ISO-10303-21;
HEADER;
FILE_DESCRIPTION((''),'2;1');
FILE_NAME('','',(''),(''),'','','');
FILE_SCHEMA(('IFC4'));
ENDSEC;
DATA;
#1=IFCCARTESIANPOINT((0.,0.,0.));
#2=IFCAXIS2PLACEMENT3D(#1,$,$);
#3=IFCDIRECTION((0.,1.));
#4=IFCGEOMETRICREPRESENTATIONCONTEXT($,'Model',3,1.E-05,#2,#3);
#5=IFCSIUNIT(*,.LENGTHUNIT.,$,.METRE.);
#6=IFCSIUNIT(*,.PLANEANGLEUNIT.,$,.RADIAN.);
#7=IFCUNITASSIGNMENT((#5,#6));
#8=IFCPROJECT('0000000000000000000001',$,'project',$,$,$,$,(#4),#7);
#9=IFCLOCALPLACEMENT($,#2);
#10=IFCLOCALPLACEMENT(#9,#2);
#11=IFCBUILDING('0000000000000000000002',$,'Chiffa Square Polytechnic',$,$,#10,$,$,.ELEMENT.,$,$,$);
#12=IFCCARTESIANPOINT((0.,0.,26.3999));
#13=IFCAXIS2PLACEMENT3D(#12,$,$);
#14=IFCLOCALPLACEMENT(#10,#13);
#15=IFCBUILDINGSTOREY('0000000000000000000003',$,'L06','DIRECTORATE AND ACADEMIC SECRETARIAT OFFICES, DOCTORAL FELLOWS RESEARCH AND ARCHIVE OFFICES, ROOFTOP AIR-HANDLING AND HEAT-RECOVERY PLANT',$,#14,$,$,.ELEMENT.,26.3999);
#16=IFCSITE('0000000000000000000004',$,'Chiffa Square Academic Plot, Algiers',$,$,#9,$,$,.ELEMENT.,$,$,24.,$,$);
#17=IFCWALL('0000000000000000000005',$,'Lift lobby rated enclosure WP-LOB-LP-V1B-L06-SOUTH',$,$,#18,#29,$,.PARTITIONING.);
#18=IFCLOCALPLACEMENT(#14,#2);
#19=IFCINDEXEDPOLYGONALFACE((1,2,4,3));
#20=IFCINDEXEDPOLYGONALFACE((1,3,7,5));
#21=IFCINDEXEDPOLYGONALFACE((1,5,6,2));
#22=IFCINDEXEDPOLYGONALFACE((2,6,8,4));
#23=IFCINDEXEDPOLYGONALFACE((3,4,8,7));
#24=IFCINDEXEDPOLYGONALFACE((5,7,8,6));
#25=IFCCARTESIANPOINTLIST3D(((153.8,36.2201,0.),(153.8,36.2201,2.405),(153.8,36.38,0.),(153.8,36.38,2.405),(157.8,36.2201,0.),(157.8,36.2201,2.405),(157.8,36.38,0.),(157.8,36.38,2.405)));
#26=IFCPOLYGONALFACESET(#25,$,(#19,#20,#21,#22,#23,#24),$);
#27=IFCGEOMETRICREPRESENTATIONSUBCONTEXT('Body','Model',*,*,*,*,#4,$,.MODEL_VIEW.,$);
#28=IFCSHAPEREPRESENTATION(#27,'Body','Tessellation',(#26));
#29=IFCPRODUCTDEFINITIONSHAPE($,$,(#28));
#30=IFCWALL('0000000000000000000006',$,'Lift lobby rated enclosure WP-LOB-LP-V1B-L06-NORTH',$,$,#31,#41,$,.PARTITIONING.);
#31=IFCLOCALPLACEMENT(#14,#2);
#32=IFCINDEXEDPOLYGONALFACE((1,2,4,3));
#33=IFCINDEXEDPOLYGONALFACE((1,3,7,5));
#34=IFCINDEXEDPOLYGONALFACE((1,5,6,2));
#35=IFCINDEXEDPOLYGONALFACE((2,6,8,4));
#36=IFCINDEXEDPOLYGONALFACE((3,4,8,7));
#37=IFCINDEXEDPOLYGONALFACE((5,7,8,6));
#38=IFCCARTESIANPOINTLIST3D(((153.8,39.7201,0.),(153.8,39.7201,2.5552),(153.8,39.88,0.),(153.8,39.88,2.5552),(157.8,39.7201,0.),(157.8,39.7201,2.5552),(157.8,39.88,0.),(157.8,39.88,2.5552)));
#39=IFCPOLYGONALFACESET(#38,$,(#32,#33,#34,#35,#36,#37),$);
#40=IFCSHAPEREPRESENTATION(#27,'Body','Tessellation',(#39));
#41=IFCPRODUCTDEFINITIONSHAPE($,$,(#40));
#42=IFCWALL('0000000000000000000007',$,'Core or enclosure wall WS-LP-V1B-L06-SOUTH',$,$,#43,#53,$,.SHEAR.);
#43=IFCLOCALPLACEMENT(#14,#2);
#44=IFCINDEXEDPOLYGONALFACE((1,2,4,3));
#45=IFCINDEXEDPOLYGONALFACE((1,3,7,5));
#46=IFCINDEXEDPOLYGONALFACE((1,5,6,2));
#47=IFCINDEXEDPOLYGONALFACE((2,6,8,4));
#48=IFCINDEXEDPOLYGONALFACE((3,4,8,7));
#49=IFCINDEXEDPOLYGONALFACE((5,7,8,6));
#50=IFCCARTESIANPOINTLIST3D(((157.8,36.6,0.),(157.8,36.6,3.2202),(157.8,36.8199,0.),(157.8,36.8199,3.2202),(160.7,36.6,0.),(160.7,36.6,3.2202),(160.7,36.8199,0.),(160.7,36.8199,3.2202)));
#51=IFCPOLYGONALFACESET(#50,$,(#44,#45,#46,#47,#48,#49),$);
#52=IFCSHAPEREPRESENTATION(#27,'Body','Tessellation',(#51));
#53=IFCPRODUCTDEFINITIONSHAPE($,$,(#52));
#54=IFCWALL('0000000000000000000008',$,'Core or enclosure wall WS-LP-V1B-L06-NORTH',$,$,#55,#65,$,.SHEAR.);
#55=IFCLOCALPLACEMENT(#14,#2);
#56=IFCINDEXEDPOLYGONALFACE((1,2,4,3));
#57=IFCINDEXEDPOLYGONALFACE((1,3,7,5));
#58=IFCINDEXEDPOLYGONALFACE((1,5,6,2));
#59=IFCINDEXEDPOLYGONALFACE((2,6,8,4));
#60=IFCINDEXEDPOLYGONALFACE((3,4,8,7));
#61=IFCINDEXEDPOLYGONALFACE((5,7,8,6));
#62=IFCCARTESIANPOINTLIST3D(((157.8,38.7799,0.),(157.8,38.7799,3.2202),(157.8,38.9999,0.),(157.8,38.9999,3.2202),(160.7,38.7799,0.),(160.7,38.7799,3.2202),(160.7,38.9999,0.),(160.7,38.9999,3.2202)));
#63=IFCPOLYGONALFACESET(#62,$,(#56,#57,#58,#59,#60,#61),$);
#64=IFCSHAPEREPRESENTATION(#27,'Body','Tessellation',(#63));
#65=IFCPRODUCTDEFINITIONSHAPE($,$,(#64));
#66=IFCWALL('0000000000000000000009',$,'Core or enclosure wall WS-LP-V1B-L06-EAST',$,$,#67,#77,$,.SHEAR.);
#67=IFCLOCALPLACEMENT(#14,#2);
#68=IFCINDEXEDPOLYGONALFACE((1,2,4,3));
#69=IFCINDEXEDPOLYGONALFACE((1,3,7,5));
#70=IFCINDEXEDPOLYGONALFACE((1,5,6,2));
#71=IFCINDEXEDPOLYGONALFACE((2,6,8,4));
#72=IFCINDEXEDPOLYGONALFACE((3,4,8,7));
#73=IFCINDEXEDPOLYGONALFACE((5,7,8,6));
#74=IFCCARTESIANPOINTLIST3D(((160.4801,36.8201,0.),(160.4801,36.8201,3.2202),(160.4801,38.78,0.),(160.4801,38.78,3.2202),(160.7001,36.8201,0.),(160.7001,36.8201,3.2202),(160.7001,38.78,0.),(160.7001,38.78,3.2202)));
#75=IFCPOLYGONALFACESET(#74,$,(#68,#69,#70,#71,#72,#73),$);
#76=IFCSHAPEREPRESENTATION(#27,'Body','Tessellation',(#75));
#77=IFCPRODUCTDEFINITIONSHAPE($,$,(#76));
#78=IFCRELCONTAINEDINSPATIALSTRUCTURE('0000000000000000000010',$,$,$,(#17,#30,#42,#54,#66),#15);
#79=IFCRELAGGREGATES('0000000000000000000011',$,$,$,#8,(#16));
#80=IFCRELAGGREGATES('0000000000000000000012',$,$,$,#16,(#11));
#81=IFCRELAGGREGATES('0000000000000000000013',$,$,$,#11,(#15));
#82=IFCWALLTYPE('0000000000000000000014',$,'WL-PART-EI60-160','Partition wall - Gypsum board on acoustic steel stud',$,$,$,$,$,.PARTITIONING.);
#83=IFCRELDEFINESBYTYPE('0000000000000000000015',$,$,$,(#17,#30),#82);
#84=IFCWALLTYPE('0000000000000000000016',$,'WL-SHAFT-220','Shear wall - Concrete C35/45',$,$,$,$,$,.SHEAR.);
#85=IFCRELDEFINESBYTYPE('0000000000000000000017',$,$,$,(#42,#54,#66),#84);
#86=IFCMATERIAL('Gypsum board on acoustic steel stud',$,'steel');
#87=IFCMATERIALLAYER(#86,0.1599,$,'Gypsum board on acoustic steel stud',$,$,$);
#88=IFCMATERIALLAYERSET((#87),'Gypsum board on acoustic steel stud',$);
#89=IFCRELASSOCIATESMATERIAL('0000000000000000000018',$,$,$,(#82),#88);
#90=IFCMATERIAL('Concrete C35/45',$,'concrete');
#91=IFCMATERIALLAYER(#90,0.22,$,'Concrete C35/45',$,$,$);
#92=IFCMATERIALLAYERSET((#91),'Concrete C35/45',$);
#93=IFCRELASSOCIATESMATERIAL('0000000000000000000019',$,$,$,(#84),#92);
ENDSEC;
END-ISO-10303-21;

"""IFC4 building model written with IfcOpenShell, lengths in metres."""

from ifc_helpers import new_model, si_unit, direction, frame, frame_2d, origin, place, context, subcontext, project, spatial, rectangle, extrude, material, layer, layer_set, type_object, element, save


model = new_model("IFC4")

# Units and contexts
model_context = context("Model", 3, precision=1e-05, world=origin(), true_north=direction((0.0, 1.0)))
body_context = subcontext(model_context, "Body", "Model", "MODEL_VIEW")
ifc_project = project(units=[si_unit("LENGTHUNIT", "METRE"), si_unit("PLANEANGLEUNIT", "RADIAN")], contexts=[model_context])

# Site, building, storey
site_placement = place(None, origin())
site = spatial("IfcSite", under=ifc_project, at=site_placement, Name="Chiffa Square Academic Plot, Algiers", CompositionType="ELEMENT", RefElevation=24.0)
building_placement = place(site_placement, origin())
building = spatial("IfcBuilding", under=site, at=building_placement, Name="Chiffa Square Polytechnic", CompositionType="ELEMENT")
storey_placement = place(building_placement, frame((0.0, 0.0, 26.3999)))
storey = spatial("IfcBuildingStorey", under=building, at=storey_placement, Name="L06", Description="DIRECTORATE AND ACADEMIC SECRETARIAT OFFICES, DOCTORAL FELLOWS RESEARCH AND ARCHIVE OFFICES, ROOFTOP AIR-HANDLING AND HEAT-RECOVERY PLANT", CompositionType="ELEMENT", Elevation=26.3999)

# Shared definitions
ifc_material_1 = material(Name="Concrete C35/45", Category="concrete")

# Walls
ifc_material_2 = material(Name="Gypsum board on acoustic steel stud", Category="steel")
ifc_layer_1 = layer(ifc_material_2, 0.1599, Name="Gypsum board on acoustic steel stud")
ifc_layer_set_1 = layer_set([ifc_layer_1], Name="Gypsum board on acoustic steel stud")
wall_type_1 = type_object("IfcWallType", Name="WL-PART-EI60-160", Description="Partition wall - Gypsum board on acoustic steel stud", PredefinedType="PARTITIONING", material=ifc_layer_set_1)
wall_1_placement = place(storey_placement, frame((153.8, 36.3, 0.0), z_axis=(0.0, 0.0, 1.0), x_axis=(1.0, 0.0, 0.0)))
element("IfcWall", 1, at=wall_1_placement, inside=storey, type_object=wall_type_1, Name="Lift lobby rated enclosure WP-LOB-LP-V1B-L06-SOUTH", PredefinedType="PARTITIONING", context=body_context, shape_type="SweptSolid", body=[
    extrude(rectangle(XDim=4.0, YDim=0.1599, at=frame_2d((2.0, 0.0))), origin(), (0.0, 0.0, 1.0), 2.405),
])
wall_2_placement = place(storey_placement, frame((153.8, 39.8, 0.0), z_axis=(0.0, 0.0, 1.0), x_axis=(1.0, 0.0, 0.0)))
element("IfcWall", 2, at=wall_2_placement, inside=storey, type_object=wall_type_1, Name="Lift lobby rated enclosure WP-LOB-LP-V1B-L06-NORTH", PredefinedType="PARTITIONING", context=body_context, shape_type="SweptSolid", body=[
    extrude(rectangle(XDim=4.0, YDim=0.1599, at=frame_2d((2.0, 0.0))), origin(), (0.0, 0.0, 1.0), 2.5552),
])

# Walls
ifc_layer_2 = layer(ifc_material_1, 0.22, Name="Concrete C35/45")
ifc_layer_set_2 = layer_set([ifc_layer_2], Name="Concrete C35/45")
wall_type_2 = type_object("IfcWallType", Name="WL-SHAFT-220", Description="Shear wall - Concrete C35/45", PredefinedType="SHEAR", material=ifc_layer_set_2)
for number, where, z_axis, x_axis, name in (
    (3, (157.8, 36.71, 0.0), (0.0, 0.0, 1.0), (1.0, 0.0, 0.0), "Core or enclosure wall WS-LP-V1B-L06-SOUTH"),
    (4, (157.8, 38.8899, 0.0), (0.0, 0.0, 1.0), (1.0, 0.0, 0.0), "Core or enclosure wall WS-LP-V1B-L06-NORTH"),
):
    element("IfcWall", number, at=place(storey_placement, frame(where, z_axis=z_axis, x_axis=x_axis)), inside=storey, type_object=wall_type_2, Name=name, PredefinedType="SHEAR", context=body_context, shape_type="SweptSolid", body=[
        extrude(rectangle(XDim=2.8999, YDim=0.22, at=frame_2d((1.45, 0.0))), origin(), (0.0, 0.0, 1.0), 3.2202),
    ])

# Wall
wall_3_placement = place(storey_placement, frame((160.5901, 36.8201, 0.0), z_axis=(0.0, 0.0, 1.0), x_axis=(0.0, 1.0, 0.0)))
element("IfcWall", 5, at=wall_3_placement, inside=storey, type_object=wall_type_2, Name="Core or enclosure wall WS-LP-V1B-L06-EAST", PredefinedType="SHEAR", context=body_context, shape_type="SweptSolid", body=[
    extrude(rectangle(XDim=1.96, YDim=0.22, at=frame_2d((0.98, 0.0))), origin(), (0.0, 0.0, 1.0), 3.2202),
])

save(model, "model.ifc")
